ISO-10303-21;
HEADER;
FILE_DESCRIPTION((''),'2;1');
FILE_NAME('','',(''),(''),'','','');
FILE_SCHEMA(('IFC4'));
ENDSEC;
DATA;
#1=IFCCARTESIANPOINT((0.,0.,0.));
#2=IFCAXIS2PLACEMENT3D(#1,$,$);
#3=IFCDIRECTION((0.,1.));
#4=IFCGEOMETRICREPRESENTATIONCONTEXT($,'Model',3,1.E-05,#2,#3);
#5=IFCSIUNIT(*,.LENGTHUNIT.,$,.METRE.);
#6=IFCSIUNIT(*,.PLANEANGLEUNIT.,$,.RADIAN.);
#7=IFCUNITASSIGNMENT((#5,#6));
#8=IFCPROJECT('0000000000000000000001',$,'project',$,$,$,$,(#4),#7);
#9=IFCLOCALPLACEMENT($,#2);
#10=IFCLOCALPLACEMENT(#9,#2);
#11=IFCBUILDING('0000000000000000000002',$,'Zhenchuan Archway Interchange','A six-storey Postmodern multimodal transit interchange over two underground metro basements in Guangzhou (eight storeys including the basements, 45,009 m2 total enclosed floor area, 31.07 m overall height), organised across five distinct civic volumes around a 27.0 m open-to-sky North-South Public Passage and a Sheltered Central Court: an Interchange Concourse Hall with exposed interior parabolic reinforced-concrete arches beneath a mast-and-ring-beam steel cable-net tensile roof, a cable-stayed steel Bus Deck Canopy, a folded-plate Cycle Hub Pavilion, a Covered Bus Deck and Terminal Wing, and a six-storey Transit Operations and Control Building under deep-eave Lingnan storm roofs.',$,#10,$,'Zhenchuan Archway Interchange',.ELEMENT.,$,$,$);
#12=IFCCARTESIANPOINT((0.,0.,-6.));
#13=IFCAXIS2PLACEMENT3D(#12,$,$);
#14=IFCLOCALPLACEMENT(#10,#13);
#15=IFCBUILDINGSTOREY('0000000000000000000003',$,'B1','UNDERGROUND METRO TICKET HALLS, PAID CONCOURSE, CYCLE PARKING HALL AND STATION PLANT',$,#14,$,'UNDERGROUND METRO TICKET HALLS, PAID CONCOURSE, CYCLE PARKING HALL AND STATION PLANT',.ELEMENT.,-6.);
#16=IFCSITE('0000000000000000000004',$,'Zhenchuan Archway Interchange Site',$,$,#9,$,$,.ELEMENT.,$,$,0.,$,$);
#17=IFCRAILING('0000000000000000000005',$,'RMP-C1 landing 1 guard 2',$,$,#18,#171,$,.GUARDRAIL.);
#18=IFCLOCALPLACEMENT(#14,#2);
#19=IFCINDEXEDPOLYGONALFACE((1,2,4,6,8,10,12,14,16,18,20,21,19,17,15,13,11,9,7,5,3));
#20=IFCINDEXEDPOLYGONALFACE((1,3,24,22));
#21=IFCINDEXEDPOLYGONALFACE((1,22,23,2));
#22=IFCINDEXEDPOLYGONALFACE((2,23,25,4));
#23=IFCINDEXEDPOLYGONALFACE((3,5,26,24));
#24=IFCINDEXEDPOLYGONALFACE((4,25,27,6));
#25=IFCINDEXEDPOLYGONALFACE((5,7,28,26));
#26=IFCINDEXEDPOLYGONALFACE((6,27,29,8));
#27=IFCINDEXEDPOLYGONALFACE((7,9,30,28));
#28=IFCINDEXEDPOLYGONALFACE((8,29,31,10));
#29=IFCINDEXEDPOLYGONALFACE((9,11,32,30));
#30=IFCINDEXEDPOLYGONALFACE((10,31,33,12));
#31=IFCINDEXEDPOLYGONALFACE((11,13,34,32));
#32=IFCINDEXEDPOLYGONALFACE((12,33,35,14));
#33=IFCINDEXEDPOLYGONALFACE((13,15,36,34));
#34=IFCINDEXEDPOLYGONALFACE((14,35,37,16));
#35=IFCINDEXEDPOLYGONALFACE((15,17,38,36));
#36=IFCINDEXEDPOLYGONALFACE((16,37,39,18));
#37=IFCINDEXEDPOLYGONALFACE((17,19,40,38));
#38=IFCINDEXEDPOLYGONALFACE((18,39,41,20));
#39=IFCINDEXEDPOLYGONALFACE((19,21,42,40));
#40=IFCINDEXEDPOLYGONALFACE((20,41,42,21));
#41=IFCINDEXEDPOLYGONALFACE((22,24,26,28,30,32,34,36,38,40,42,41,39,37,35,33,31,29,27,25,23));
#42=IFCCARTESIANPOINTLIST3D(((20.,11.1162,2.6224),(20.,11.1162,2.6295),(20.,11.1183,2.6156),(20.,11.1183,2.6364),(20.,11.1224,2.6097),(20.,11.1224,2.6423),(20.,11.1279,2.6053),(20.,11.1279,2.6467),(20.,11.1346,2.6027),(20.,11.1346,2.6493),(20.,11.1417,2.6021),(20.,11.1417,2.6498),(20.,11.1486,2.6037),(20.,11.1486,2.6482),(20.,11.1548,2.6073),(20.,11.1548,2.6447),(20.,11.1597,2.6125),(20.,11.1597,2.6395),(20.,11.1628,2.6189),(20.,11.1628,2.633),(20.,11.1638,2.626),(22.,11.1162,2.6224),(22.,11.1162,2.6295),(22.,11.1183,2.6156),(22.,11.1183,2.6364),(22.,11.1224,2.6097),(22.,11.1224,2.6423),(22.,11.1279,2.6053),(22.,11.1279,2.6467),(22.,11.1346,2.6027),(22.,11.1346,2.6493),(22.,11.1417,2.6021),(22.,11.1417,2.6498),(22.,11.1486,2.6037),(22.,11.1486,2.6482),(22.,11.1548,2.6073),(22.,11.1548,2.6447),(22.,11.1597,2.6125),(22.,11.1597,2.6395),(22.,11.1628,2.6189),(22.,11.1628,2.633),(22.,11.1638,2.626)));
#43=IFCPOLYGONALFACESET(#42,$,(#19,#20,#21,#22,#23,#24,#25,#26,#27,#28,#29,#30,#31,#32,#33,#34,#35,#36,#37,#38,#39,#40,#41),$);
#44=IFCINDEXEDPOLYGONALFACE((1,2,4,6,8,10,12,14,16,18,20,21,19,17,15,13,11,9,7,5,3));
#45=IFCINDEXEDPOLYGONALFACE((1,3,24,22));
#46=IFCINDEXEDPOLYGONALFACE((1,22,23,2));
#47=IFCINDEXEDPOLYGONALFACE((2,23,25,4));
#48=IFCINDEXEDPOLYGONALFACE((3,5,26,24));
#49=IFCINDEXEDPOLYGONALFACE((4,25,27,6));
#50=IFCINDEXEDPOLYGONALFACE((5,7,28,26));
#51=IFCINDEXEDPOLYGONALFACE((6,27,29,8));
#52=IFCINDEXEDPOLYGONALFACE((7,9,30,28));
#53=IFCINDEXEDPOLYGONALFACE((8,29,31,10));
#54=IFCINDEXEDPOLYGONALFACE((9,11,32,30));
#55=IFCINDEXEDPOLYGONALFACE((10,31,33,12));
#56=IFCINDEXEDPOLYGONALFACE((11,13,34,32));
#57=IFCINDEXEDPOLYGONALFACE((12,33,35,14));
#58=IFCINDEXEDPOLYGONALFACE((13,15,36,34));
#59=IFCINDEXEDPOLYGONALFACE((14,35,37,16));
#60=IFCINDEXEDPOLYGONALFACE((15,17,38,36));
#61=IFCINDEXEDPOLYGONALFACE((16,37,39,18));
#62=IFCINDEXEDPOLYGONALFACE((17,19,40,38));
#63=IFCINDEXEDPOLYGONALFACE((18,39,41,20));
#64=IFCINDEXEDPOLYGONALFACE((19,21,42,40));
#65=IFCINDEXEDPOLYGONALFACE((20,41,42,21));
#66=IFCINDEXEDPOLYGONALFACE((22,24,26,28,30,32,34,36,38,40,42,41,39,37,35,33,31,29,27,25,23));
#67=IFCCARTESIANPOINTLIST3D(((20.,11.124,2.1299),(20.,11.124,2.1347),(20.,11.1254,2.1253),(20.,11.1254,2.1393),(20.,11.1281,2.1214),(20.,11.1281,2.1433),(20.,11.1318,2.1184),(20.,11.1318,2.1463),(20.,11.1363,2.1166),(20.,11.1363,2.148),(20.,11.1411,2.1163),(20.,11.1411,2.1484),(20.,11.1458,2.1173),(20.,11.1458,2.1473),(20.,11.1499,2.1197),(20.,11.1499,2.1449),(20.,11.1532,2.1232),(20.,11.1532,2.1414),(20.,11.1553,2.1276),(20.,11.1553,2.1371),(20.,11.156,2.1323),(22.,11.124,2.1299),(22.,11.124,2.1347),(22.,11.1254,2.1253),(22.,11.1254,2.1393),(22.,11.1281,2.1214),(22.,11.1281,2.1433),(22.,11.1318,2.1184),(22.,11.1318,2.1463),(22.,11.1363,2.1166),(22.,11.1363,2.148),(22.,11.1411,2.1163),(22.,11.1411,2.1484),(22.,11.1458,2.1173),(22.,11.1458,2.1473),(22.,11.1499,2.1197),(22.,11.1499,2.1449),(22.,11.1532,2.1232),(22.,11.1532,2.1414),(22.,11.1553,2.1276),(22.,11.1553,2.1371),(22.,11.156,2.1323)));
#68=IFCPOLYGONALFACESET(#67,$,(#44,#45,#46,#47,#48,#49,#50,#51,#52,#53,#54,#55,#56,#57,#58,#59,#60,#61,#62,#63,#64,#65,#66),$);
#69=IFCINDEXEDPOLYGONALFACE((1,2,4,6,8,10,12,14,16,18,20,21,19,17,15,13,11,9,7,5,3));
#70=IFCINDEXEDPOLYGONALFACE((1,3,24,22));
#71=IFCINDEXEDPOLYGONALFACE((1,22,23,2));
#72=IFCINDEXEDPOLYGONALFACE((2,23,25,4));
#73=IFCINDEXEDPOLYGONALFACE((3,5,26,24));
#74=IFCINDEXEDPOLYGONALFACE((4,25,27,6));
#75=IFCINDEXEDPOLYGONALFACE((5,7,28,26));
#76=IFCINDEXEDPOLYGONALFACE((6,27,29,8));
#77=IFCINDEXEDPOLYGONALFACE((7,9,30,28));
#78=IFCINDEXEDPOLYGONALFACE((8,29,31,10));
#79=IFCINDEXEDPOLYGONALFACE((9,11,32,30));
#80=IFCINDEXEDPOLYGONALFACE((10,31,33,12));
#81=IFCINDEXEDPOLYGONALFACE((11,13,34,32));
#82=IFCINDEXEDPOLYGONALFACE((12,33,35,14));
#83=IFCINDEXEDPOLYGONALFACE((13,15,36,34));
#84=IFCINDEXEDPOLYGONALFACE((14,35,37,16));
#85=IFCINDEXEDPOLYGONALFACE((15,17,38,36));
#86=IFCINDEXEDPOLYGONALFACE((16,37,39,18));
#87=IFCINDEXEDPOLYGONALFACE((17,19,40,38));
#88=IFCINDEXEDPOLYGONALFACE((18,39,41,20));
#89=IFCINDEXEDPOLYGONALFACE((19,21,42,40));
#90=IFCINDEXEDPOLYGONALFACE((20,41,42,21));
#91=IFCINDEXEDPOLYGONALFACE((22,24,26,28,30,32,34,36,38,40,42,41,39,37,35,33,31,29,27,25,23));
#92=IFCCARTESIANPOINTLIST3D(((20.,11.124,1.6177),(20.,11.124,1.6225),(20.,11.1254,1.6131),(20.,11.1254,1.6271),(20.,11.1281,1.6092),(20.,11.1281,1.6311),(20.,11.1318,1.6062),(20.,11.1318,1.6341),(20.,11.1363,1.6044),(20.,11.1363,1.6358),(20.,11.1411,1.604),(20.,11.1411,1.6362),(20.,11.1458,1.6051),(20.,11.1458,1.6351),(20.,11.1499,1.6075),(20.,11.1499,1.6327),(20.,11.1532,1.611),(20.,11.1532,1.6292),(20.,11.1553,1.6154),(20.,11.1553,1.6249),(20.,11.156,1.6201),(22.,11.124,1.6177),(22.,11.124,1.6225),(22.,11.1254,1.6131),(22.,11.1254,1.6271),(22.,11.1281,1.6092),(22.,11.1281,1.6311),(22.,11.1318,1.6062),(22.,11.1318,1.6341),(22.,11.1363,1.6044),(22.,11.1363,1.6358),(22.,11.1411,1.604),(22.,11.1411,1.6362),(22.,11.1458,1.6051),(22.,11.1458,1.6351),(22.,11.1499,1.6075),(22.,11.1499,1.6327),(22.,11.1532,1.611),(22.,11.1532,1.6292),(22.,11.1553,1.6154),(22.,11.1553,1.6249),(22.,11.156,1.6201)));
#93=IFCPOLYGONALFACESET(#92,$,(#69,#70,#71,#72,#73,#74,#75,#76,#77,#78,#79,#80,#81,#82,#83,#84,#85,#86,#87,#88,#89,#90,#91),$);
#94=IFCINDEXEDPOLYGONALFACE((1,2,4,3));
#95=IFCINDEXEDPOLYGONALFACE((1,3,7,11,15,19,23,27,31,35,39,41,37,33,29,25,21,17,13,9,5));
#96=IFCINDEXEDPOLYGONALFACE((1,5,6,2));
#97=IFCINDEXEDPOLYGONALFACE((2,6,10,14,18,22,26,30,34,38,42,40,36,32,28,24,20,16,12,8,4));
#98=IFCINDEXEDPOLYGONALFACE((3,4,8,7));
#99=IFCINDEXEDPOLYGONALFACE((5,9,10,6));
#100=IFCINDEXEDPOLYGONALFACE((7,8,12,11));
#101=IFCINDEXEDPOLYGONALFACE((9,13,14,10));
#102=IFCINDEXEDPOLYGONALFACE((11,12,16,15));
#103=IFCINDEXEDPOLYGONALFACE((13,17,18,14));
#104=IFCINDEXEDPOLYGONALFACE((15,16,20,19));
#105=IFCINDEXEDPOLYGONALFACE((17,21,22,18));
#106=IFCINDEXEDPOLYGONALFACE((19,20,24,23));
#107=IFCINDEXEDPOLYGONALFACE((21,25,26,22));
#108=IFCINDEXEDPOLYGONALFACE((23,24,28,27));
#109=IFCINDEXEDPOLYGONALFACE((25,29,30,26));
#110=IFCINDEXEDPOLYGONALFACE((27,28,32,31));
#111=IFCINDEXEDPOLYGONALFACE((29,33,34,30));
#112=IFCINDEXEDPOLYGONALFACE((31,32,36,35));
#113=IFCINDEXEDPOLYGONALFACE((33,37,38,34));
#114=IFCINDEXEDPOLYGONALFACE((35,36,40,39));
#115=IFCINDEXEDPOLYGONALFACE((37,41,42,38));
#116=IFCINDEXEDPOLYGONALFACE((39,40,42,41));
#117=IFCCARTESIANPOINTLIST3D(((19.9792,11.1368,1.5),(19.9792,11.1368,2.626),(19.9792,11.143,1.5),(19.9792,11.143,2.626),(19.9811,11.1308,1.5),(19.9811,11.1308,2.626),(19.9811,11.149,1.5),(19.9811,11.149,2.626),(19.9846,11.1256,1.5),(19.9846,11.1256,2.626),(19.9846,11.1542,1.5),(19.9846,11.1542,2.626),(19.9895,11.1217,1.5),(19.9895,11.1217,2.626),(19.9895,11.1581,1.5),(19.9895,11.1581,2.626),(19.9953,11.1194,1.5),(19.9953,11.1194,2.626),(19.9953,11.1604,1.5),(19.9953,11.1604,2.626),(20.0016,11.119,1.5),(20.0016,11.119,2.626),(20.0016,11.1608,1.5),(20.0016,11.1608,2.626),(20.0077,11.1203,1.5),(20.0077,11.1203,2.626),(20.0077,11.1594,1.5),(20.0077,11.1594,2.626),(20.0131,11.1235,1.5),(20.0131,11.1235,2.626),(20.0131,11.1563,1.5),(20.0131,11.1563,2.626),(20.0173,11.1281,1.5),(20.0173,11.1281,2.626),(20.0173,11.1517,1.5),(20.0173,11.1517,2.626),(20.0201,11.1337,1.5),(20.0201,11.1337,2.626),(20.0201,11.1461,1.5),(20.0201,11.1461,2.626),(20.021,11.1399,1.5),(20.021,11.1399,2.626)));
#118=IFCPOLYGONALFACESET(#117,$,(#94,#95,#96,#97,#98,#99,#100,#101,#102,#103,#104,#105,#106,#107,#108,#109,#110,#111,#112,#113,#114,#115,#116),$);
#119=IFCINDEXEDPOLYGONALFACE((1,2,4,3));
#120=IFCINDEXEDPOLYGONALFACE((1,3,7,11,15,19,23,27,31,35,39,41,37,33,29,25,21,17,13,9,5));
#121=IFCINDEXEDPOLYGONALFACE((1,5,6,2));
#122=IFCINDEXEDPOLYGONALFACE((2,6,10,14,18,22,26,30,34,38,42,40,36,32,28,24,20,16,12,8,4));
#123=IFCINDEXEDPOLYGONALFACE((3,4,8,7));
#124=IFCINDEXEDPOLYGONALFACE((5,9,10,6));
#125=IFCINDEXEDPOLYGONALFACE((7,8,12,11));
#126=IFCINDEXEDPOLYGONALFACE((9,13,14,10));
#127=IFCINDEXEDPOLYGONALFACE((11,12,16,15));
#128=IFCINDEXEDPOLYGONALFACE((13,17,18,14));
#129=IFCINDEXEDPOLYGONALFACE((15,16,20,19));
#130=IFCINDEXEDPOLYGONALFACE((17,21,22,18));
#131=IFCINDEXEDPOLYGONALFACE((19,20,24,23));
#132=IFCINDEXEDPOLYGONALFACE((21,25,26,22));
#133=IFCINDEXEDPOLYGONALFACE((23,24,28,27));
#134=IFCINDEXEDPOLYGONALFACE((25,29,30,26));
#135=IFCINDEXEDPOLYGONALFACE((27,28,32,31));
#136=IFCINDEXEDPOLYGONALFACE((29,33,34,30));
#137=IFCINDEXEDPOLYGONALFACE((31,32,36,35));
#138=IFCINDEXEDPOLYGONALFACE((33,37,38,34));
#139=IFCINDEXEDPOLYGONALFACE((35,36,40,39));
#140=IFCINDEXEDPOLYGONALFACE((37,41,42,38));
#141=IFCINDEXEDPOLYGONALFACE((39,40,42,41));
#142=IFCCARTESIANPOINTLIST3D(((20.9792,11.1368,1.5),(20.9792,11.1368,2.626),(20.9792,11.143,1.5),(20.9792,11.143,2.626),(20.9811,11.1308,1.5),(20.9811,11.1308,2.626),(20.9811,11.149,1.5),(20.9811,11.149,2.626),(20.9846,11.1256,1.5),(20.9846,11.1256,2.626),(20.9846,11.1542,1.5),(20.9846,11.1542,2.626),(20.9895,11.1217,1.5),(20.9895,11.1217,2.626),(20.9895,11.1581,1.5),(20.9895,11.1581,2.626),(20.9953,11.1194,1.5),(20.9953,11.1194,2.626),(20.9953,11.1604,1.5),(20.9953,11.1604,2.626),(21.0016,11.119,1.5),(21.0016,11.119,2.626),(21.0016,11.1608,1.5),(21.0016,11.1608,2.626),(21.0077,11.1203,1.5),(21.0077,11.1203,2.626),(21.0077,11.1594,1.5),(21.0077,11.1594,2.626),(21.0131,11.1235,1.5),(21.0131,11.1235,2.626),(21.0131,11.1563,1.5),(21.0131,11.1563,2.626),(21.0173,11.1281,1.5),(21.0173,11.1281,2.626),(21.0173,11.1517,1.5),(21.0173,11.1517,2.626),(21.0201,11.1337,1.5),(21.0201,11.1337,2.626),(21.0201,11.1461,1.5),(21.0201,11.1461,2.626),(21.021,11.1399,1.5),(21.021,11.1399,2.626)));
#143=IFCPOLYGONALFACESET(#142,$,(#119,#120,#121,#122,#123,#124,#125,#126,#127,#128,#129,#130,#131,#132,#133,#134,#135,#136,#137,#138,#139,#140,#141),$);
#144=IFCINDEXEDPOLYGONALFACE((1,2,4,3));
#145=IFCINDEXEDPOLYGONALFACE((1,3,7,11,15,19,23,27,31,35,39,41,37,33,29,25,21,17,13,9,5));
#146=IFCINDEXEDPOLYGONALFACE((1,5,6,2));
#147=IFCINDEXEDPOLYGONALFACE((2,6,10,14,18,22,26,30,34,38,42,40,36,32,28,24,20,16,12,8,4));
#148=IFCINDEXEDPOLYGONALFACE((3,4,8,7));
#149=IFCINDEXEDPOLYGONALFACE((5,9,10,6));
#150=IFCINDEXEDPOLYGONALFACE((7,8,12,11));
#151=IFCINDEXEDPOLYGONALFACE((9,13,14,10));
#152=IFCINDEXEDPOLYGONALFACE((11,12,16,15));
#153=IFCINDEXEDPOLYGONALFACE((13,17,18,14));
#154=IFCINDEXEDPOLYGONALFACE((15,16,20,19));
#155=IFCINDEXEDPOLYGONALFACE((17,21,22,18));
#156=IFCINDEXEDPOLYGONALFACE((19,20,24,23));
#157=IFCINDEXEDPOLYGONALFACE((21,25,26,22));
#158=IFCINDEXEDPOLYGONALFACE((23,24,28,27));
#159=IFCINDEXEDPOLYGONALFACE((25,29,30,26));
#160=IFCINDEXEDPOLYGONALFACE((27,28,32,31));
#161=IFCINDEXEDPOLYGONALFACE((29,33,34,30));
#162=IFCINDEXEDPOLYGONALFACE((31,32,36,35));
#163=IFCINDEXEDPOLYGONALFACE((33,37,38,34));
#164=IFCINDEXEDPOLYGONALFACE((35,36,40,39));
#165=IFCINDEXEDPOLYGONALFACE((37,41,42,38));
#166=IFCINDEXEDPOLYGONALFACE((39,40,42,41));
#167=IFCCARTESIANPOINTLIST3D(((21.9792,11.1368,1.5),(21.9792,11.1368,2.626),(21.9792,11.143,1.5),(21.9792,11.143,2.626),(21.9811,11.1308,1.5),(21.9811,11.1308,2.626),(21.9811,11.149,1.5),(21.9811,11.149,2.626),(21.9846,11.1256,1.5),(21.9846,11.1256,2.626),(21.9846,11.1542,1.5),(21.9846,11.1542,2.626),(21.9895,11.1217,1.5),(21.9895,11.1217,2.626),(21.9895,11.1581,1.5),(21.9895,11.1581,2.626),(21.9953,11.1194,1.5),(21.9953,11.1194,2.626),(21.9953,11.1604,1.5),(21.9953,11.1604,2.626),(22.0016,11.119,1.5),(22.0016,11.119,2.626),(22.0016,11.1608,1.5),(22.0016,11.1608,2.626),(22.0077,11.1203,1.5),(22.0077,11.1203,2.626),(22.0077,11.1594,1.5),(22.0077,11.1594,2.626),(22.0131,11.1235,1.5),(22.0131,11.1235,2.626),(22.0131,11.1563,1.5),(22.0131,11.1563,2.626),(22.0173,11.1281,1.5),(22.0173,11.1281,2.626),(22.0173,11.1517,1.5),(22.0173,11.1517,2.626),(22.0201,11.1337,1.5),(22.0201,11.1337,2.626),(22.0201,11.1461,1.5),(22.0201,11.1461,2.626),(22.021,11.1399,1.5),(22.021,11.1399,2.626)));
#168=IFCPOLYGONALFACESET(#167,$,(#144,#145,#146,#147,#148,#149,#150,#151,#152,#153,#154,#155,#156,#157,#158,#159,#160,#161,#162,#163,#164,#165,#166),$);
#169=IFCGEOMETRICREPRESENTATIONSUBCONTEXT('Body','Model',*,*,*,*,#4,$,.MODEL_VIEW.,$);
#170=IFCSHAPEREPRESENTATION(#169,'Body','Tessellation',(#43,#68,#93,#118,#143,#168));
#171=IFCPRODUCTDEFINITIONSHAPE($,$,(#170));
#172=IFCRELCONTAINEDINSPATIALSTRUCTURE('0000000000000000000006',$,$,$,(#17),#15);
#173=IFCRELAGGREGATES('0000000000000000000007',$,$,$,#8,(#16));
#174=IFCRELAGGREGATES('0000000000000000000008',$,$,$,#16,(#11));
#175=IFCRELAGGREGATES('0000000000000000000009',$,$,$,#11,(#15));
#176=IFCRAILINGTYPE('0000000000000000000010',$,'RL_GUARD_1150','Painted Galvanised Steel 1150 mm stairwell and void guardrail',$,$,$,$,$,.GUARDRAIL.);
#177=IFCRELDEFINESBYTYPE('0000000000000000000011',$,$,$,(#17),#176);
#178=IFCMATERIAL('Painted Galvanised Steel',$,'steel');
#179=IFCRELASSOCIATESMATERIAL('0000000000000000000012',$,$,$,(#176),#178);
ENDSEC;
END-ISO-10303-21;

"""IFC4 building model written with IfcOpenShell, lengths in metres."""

from ifc_helpers import new_model, si_unit, direction, frame, origin, origin_2d, place, context, subcontext, project, spatial, circle, extrude, material, type_object, element, save


model = new_model("IFC4")

# Units and contexts
model_context = context("Model", 3, precision=1e-05, world=origin(), true_north=direction((0.0, 1.0)))
body_context = subcontext(model_context, "Body", "Model", "MODEL_VIEW")
ifc_project = project(units=[si_unit("LENGTHUNIT", "METRE"), si_unit("PLANEANGLEUNIT", "RADIAN")], contexts=[model_context])

# Site, building, storey
site_placement = place(None, origin())
site = spatial("IfcSite", under=ifc_project, at=site_placement, Name="Zhenchuan Archway Interchange Site", CompositionType="ELEMENT", RefElevation=0.0)
building_placement = place(site_placement, origin())
building = spatial("IfcBuilding", under=site, at=building_placement, Name="Zhenchuan Archway Interchange", Description="A six-storey Postmodern multimodal transit interchange over two underground metro basements in Guangzhou (eight storeys including the basements, 45,009 m2 total enclosed floor area, 31.07 m overall height), organised across five distinct civic volumes around a 27.0 m open-to-sky North-South Public Passage and a Sheltered Central Court: an Interchange Concourse Hall with exposed interior parabolic reinforced-concrete arches beneath a mast-and-ring-beam steel cable-net tensile roof, a cable-stayed steel Bus Deck Canopy, a folded-plate Cycle Hub Pavilion, a Covered Bus Deck and Terminal Wing, and a six-storey Transit Operations and Control Building under deep-eave Lingnan storm roofs.", LongName="Zhenchuan Archway Interchange", CompositionType="ELEMENT")
storey_placement = place(building_placement, frame((0.0, 0.0, -6.0)))
storey = spatial("IfcBuildingStorey", under=building, at=storey_placement, Name="B1", Description="UNDERGROUND METRO TICKET HALLS, PAID CONCOURSE, CYCLE PARKING HALL AND STATION PLANT", LongName="UNDERGROUND METRO TICKET HALLS, PAID CONCOURSE, CYCLE PARKING HALL AND STATION PLANT", CompositionType="ELEMENT", Elevation=-6.0)

# Shared definitions
ifc_material_1 = material(Name="Painted Galvanised Steel", Category="steel")

# Railing
railing_type = type_object("IfcRailingType", Name="RL_GUARD_1150", Description="Painted Galvanised Steel 1150 mm stairwell and void guardrail", PredefinedType="GUARDRAIL", material=ifc_material_1)
for number, where, name in (
    (1, (20.0, 11.1399, 1.5), "RMP-C1 landing 1 guard 2"),
):
    element("IfcRailing", number, at=place(storey_placement, frame(where)), inside=storey, type_object=railing_type, Name=name, PredefinedType="GUARDRAIL", context=body_context, shape_type="SweptSolid", body=[
        extrude(circle(Radius=0.0239, at=origin_2d()), frame((0.0, 0.0, 1.126), z_axis=(1.0, 0.0, 0.0), x_axis=(0.0, 1.0, 0.0)), (0.0, 0.0, 1.0), 2.0),
        extrude(circle(Radius=0.0161, at=origin_2d()), frame((0.0, 0.0, 0.6323), z_axis=(1.0, 0.0, 0.0), x_axis=(0.0, 1.0, 0.0)), (0.0, 0.0, 1.0), 2.0),
        extrude(circle(Radius=0.0161, at=origin_2d()), frame((0.0, 0.0, 0.1201), z_axis=(1.0, 0.0, 0.0), x_axis=(0.0, 1.0, 0.0)), (0.0, 0.0, 1.0), 2.0),
        extrude(circle(Radius=0.021, at=origin_2d()), origin(), (0.0, 0.0, 1.0), 1.126),
        extrude(circle(Radius=0.021, at=origin_2d()), frame((1.0, 0.0, 0.0)), (0.0, 0.0, 1.0), 1.126),
        extrude(circle(Radius=0.021, at=origin_2d()), frame((2.0, 0.0, 0.0)), (0.0, 0.0, 1.0), 1.126),
    ])

save(model, "model.ifc")
